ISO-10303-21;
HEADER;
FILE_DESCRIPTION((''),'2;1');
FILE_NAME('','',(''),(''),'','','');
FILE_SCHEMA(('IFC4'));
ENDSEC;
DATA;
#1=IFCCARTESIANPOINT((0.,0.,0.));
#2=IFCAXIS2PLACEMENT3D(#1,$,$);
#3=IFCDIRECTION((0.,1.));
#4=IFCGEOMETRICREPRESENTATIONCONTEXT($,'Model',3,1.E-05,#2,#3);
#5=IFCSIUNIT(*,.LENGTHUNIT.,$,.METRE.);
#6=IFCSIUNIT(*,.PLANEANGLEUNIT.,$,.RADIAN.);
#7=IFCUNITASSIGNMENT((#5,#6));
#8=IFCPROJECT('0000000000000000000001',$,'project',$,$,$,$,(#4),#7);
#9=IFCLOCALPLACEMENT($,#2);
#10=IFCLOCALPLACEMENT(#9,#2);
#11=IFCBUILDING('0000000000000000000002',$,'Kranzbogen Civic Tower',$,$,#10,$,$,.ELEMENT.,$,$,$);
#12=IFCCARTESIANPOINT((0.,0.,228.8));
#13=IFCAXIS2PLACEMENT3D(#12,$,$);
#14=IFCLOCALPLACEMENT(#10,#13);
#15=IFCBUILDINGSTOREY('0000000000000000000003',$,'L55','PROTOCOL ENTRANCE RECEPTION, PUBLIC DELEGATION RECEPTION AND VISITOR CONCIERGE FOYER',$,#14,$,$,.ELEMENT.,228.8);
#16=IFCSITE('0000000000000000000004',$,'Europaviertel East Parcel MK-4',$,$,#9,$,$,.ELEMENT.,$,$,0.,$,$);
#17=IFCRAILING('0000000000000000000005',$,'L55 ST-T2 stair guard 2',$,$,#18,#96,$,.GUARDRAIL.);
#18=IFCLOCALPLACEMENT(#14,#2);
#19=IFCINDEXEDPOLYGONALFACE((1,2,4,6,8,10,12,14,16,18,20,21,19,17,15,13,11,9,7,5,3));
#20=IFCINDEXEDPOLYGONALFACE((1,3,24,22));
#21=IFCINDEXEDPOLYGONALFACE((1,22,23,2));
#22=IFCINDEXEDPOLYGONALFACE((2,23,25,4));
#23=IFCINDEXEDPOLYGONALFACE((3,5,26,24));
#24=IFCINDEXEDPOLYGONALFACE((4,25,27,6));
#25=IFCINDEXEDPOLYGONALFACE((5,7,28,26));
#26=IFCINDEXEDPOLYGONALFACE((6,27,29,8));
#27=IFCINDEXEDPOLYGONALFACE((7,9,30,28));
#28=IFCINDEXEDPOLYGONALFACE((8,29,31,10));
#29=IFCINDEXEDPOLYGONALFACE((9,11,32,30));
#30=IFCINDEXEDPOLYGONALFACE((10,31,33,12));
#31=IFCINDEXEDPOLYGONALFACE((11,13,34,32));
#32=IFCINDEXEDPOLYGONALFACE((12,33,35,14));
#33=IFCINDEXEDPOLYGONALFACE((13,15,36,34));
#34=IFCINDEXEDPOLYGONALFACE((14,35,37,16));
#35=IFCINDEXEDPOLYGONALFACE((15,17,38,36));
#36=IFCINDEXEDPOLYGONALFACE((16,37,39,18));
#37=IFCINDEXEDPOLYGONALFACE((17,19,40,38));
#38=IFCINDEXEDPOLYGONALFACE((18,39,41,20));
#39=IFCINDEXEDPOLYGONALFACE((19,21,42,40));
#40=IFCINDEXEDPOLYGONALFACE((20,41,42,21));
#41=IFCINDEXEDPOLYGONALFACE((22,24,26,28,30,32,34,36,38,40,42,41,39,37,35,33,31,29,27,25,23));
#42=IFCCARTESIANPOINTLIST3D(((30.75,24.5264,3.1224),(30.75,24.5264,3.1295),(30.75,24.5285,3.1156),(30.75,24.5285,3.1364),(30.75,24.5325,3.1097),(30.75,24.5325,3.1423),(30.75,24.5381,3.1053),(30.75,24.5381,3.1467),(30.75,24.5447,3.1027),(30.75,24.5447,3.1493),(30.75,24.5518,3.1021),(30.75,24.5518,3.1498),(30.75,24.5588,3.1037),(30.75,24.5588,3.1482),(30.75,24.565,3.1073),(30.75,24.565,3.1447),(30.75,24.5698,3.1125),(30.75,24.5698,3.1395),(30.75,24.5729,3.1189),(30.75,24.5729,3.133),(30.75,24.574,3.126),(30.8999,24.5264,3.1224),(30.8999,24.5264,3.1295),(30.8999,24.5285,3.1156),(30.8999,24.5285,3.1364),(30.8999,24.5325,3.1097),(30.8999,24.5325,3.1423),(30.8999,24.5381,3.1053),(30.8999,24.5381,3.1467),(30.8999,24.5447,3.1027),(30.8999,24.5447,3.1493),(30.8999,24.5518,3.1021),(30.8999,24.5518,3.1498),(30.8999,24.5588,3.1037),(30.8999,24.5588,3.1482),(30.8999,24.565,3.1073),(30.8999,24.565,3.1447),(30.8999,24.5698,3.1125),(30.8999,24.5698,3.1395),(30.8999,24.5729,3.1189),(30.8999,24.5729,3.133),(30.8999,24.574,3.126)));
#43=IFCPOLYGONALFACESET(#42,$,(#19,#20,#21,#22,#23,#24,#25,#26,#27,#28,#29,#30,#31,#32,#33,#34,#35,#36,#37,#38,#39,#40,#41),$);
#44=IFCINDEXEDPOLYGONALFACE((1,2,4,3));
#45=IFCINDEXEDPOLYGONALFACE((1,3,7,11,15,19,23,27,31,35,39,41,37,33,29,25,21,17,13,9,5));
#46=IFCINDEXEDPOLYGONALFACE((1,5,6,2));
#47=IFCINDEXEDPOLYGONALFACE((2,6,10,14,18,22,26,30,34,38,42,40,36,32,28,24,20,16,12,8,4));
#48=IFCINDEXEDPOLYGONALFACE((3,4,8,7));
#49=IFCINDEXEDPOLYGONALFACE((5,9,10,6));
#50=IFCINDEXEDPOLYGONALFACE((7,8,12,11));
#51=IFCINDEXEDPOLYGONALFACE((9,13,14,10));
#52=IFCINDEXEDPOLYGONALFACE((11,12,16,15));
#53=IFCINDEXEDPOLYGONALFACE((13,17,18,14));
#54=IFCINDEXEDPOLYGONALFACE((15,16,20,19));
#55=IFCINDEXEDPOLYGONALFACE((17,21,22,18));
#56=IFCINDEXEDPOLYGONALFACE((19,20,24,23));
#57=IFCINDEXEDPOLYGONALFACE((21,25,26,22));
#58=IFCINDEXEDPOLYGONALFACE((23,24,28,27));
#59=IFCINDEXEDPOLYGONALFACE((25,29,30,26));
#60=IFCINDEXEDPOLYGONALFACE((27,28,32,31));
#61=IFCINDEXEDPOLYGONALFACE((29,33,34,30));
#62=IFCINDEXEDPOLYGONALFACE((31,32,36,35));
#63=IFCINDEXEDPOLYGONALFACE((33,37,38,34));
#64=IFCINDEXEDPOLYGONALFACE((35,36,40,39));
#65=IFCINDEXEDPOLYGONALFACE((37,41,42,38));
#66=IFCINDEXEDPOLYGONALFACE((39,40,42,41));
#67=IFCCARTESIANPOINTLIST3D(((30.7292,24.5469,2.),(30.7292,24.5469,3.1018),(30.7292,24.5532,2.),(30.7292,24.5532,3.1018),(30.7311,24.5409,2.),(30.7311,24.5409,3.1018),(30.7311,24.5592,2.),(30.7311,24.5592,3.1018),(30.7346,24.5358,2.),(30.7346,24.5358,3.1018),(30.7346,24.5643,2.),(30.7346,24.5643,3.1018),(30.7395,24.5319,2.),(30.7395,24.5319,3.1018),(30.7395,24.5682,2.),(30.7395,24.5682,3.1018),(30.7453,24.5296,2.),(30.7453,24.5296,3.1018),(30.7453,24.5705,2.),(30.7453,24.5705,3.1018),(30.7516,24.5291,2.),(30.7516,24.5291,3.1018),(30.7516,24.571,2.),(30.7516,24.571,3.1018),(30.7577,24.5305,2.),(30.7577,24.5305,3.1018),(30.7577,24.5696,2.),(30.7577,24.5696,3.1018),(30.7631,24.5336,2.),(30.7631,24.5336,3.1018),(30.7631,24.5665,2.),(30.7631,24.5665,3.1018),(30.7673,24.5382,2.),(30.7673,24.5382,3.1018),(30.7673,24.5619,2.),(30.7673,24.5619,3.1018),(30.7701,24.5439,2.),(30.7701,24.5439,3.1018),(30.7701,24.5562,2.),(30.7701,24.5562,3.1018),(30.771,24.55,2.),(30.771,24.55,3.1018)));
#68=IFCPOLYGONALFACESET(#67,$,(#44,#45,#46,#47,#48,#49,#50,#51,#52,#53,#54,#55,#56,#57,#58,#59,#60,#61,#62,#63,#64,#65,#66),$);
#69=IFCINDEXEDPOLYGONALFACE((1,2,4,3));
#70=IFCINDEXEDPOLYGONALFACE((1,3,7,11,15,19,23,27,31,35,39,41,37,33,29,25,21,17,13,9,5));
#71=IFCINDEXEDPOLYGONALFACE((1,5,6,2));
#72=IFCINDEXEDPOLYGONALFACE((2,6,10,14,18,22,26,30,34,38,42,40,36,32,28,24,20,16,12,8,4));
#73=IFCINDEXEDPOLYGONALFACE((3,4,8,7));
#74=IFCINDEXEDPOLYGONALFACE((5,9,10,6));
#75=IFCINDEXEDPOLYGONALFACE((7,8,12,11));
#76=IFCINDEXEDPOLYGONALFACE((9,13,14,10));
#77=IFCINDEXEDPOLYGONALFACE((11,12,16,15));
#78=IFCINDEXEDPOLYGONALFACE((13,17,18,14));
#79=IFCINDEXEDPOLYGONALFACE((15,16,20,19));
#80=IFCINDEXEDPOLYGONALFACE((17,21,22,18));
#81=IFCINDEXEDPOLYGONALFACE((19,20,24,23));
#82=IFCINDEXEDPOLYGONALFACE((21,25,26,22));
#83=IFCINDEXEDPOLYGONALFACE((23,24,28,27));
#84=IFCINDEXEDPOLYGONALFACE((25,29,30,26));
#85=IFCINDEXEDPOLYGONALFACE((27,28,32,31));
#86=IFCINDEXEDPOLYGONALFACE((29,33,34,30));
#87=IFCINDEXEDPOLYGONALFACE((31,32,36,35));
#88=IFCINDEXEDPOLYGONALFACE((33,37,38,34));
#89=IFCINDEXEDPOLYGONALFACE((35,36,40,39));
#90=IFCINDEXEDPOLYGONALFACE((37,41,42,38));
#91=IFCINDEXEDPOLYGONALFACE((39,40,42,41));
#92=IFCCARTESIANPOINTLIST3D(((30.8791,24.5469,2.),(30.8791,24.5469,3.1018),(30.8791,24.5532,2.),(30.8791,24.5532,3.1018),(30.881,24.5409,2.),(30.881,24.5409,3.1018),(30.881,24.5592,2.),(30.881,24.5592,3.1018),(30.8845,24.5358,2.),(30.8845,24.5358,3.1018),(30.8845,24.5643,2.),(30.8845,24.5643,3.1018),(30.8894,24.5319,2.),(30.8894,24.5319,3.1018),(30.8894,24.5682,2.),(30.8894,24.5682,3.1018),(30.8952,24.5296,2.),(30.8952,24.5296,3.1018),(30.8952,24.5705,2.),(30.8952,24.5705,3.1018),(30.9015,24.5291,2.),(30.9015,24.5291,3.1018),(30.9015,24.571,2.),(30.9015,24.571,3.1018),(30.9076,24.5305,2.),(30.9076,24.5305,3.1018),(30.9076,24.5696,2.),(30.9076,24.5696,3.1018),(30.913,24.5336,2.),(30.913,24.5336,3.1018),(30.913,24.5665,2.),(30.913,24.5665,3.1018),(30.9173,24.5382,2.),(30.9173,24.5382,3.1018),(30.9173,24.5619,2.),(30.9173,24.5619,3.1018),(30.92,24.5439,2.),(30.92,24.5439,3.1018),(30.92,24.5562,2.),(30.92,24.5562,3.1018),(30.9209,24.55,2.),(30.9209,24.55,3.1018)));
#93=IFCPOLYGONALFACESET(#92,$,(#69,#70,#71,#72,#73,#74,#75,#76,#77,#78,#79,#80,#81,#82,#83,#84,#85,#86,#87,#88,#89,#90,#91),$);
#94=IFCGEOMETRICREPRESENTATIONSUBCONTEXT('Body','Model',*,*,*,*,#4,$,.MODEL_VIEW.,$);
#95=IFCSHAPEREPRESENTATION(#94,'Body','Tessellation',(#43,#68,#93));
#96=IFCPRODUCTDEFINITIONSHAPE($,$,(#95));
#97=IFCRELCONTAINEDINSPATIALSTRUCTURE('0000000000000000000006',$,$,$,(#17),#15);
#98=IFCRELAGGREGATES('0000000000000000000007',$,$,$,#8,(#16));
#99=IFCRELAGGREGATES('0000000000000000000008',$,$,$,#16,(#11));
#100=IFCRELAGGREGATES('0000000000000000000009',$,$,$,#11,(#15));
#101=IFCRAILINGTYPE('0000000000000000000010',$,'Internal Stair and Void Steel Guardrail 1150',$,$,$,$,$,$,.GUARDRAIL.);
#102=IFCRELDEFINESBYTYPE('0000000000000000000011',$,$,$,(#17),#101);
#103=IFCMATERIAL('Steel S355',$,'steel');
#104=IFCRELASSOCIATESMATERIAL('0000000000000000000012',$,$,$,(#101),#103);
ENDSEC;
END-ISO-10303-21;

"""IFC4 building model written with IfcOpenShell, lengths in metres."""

from ifc_helpers import new_model, si_unit, direction, frame, origin, origin_2d, place, context, subcontext, project, spatial, circle, extrude, material, type_object, element, save


model = new_model("IFC4")

# Units and contexts
model_context = context("Model", 3, precision=1e-05, world=origin(), true_north=direction((0.0, 1.0)))
body_context = subcontext(model_context, "Body", "Model", "MODEL_VIEW")
ifc_project = project(units=[si_unit("LENGTHUNIT", "METRE"), si_unit("PLANEANGLEUNIT", "RADIAN")], contexts=[model_context])

# Site, building, storey
site_placement = place(None, origin())
site = spatial("IfcSite", under=ifc_project, at=site_placement, Name="Europaviertel East Parcel MK-4", CompositionType="ELEMENT", RefElevation=0.0)
building_placement = place(site_placement, origin())
building = spatial("IfcBuilding", under=site, at=building_placement, Name="Kranzbogen Civic Tower", CompositionType="ELEMENT")
storey_placement = place(building_placement, frame((0.0, 0.0, 228.8)))
storey = spatial("IfcBuildingStorey", under=building, at=storey_placement, Name="L55", Description="PROTOCOL ENTRANCE RECEPTION, PUBLIC DELEGATION RECEPTION AND VISITOR CONCIERGE FOYER", CompositionType="ELEMENT", Elevation=228.8)

# Shared definitions
ifc_material_1 = material(Name="Steel S355", Category="steel")

# Railing
railing_type_1 = type_object("IfcRailingType", Name="Internal Stair and Void Steel Guardrail 1150", PredefinedType="GUARDRAIL", material=ifc_material_1)
railing_1_placement = place(storey_placement, frame((30.75, 24.55, 2.0)))
element("IfcRailing", 1, at=railing_1_placement, inside=storey, type_object=railing_type_1, Name="L55 ST-T2 stair guard 2", PredefinedType="GUARDRAIL", context=body_context, shape_type="SweptSolid", body=[
    extrude(circle(Radius=0.0239, at=origin_2d()), frame((0.0, 0.0, 1.126), z_axis=(1.0, 0.0, 0.0), x_axis=(0.0, 1.0, 0.0)), (0.0, 0.0, 1.0), 0.1499),
    extrude(circle(Radius=0.021, at=origin_2d()), origin(), (0.0, 0.0, 1.0), 1.1018),
    extrude(circle(Radius=0.021, at=origin_2d()), frame((0.1499, 0.0, 0.0)), (0.0, 0.0, 1.0), 1.1018),
])

save(model, "model.ifc")
